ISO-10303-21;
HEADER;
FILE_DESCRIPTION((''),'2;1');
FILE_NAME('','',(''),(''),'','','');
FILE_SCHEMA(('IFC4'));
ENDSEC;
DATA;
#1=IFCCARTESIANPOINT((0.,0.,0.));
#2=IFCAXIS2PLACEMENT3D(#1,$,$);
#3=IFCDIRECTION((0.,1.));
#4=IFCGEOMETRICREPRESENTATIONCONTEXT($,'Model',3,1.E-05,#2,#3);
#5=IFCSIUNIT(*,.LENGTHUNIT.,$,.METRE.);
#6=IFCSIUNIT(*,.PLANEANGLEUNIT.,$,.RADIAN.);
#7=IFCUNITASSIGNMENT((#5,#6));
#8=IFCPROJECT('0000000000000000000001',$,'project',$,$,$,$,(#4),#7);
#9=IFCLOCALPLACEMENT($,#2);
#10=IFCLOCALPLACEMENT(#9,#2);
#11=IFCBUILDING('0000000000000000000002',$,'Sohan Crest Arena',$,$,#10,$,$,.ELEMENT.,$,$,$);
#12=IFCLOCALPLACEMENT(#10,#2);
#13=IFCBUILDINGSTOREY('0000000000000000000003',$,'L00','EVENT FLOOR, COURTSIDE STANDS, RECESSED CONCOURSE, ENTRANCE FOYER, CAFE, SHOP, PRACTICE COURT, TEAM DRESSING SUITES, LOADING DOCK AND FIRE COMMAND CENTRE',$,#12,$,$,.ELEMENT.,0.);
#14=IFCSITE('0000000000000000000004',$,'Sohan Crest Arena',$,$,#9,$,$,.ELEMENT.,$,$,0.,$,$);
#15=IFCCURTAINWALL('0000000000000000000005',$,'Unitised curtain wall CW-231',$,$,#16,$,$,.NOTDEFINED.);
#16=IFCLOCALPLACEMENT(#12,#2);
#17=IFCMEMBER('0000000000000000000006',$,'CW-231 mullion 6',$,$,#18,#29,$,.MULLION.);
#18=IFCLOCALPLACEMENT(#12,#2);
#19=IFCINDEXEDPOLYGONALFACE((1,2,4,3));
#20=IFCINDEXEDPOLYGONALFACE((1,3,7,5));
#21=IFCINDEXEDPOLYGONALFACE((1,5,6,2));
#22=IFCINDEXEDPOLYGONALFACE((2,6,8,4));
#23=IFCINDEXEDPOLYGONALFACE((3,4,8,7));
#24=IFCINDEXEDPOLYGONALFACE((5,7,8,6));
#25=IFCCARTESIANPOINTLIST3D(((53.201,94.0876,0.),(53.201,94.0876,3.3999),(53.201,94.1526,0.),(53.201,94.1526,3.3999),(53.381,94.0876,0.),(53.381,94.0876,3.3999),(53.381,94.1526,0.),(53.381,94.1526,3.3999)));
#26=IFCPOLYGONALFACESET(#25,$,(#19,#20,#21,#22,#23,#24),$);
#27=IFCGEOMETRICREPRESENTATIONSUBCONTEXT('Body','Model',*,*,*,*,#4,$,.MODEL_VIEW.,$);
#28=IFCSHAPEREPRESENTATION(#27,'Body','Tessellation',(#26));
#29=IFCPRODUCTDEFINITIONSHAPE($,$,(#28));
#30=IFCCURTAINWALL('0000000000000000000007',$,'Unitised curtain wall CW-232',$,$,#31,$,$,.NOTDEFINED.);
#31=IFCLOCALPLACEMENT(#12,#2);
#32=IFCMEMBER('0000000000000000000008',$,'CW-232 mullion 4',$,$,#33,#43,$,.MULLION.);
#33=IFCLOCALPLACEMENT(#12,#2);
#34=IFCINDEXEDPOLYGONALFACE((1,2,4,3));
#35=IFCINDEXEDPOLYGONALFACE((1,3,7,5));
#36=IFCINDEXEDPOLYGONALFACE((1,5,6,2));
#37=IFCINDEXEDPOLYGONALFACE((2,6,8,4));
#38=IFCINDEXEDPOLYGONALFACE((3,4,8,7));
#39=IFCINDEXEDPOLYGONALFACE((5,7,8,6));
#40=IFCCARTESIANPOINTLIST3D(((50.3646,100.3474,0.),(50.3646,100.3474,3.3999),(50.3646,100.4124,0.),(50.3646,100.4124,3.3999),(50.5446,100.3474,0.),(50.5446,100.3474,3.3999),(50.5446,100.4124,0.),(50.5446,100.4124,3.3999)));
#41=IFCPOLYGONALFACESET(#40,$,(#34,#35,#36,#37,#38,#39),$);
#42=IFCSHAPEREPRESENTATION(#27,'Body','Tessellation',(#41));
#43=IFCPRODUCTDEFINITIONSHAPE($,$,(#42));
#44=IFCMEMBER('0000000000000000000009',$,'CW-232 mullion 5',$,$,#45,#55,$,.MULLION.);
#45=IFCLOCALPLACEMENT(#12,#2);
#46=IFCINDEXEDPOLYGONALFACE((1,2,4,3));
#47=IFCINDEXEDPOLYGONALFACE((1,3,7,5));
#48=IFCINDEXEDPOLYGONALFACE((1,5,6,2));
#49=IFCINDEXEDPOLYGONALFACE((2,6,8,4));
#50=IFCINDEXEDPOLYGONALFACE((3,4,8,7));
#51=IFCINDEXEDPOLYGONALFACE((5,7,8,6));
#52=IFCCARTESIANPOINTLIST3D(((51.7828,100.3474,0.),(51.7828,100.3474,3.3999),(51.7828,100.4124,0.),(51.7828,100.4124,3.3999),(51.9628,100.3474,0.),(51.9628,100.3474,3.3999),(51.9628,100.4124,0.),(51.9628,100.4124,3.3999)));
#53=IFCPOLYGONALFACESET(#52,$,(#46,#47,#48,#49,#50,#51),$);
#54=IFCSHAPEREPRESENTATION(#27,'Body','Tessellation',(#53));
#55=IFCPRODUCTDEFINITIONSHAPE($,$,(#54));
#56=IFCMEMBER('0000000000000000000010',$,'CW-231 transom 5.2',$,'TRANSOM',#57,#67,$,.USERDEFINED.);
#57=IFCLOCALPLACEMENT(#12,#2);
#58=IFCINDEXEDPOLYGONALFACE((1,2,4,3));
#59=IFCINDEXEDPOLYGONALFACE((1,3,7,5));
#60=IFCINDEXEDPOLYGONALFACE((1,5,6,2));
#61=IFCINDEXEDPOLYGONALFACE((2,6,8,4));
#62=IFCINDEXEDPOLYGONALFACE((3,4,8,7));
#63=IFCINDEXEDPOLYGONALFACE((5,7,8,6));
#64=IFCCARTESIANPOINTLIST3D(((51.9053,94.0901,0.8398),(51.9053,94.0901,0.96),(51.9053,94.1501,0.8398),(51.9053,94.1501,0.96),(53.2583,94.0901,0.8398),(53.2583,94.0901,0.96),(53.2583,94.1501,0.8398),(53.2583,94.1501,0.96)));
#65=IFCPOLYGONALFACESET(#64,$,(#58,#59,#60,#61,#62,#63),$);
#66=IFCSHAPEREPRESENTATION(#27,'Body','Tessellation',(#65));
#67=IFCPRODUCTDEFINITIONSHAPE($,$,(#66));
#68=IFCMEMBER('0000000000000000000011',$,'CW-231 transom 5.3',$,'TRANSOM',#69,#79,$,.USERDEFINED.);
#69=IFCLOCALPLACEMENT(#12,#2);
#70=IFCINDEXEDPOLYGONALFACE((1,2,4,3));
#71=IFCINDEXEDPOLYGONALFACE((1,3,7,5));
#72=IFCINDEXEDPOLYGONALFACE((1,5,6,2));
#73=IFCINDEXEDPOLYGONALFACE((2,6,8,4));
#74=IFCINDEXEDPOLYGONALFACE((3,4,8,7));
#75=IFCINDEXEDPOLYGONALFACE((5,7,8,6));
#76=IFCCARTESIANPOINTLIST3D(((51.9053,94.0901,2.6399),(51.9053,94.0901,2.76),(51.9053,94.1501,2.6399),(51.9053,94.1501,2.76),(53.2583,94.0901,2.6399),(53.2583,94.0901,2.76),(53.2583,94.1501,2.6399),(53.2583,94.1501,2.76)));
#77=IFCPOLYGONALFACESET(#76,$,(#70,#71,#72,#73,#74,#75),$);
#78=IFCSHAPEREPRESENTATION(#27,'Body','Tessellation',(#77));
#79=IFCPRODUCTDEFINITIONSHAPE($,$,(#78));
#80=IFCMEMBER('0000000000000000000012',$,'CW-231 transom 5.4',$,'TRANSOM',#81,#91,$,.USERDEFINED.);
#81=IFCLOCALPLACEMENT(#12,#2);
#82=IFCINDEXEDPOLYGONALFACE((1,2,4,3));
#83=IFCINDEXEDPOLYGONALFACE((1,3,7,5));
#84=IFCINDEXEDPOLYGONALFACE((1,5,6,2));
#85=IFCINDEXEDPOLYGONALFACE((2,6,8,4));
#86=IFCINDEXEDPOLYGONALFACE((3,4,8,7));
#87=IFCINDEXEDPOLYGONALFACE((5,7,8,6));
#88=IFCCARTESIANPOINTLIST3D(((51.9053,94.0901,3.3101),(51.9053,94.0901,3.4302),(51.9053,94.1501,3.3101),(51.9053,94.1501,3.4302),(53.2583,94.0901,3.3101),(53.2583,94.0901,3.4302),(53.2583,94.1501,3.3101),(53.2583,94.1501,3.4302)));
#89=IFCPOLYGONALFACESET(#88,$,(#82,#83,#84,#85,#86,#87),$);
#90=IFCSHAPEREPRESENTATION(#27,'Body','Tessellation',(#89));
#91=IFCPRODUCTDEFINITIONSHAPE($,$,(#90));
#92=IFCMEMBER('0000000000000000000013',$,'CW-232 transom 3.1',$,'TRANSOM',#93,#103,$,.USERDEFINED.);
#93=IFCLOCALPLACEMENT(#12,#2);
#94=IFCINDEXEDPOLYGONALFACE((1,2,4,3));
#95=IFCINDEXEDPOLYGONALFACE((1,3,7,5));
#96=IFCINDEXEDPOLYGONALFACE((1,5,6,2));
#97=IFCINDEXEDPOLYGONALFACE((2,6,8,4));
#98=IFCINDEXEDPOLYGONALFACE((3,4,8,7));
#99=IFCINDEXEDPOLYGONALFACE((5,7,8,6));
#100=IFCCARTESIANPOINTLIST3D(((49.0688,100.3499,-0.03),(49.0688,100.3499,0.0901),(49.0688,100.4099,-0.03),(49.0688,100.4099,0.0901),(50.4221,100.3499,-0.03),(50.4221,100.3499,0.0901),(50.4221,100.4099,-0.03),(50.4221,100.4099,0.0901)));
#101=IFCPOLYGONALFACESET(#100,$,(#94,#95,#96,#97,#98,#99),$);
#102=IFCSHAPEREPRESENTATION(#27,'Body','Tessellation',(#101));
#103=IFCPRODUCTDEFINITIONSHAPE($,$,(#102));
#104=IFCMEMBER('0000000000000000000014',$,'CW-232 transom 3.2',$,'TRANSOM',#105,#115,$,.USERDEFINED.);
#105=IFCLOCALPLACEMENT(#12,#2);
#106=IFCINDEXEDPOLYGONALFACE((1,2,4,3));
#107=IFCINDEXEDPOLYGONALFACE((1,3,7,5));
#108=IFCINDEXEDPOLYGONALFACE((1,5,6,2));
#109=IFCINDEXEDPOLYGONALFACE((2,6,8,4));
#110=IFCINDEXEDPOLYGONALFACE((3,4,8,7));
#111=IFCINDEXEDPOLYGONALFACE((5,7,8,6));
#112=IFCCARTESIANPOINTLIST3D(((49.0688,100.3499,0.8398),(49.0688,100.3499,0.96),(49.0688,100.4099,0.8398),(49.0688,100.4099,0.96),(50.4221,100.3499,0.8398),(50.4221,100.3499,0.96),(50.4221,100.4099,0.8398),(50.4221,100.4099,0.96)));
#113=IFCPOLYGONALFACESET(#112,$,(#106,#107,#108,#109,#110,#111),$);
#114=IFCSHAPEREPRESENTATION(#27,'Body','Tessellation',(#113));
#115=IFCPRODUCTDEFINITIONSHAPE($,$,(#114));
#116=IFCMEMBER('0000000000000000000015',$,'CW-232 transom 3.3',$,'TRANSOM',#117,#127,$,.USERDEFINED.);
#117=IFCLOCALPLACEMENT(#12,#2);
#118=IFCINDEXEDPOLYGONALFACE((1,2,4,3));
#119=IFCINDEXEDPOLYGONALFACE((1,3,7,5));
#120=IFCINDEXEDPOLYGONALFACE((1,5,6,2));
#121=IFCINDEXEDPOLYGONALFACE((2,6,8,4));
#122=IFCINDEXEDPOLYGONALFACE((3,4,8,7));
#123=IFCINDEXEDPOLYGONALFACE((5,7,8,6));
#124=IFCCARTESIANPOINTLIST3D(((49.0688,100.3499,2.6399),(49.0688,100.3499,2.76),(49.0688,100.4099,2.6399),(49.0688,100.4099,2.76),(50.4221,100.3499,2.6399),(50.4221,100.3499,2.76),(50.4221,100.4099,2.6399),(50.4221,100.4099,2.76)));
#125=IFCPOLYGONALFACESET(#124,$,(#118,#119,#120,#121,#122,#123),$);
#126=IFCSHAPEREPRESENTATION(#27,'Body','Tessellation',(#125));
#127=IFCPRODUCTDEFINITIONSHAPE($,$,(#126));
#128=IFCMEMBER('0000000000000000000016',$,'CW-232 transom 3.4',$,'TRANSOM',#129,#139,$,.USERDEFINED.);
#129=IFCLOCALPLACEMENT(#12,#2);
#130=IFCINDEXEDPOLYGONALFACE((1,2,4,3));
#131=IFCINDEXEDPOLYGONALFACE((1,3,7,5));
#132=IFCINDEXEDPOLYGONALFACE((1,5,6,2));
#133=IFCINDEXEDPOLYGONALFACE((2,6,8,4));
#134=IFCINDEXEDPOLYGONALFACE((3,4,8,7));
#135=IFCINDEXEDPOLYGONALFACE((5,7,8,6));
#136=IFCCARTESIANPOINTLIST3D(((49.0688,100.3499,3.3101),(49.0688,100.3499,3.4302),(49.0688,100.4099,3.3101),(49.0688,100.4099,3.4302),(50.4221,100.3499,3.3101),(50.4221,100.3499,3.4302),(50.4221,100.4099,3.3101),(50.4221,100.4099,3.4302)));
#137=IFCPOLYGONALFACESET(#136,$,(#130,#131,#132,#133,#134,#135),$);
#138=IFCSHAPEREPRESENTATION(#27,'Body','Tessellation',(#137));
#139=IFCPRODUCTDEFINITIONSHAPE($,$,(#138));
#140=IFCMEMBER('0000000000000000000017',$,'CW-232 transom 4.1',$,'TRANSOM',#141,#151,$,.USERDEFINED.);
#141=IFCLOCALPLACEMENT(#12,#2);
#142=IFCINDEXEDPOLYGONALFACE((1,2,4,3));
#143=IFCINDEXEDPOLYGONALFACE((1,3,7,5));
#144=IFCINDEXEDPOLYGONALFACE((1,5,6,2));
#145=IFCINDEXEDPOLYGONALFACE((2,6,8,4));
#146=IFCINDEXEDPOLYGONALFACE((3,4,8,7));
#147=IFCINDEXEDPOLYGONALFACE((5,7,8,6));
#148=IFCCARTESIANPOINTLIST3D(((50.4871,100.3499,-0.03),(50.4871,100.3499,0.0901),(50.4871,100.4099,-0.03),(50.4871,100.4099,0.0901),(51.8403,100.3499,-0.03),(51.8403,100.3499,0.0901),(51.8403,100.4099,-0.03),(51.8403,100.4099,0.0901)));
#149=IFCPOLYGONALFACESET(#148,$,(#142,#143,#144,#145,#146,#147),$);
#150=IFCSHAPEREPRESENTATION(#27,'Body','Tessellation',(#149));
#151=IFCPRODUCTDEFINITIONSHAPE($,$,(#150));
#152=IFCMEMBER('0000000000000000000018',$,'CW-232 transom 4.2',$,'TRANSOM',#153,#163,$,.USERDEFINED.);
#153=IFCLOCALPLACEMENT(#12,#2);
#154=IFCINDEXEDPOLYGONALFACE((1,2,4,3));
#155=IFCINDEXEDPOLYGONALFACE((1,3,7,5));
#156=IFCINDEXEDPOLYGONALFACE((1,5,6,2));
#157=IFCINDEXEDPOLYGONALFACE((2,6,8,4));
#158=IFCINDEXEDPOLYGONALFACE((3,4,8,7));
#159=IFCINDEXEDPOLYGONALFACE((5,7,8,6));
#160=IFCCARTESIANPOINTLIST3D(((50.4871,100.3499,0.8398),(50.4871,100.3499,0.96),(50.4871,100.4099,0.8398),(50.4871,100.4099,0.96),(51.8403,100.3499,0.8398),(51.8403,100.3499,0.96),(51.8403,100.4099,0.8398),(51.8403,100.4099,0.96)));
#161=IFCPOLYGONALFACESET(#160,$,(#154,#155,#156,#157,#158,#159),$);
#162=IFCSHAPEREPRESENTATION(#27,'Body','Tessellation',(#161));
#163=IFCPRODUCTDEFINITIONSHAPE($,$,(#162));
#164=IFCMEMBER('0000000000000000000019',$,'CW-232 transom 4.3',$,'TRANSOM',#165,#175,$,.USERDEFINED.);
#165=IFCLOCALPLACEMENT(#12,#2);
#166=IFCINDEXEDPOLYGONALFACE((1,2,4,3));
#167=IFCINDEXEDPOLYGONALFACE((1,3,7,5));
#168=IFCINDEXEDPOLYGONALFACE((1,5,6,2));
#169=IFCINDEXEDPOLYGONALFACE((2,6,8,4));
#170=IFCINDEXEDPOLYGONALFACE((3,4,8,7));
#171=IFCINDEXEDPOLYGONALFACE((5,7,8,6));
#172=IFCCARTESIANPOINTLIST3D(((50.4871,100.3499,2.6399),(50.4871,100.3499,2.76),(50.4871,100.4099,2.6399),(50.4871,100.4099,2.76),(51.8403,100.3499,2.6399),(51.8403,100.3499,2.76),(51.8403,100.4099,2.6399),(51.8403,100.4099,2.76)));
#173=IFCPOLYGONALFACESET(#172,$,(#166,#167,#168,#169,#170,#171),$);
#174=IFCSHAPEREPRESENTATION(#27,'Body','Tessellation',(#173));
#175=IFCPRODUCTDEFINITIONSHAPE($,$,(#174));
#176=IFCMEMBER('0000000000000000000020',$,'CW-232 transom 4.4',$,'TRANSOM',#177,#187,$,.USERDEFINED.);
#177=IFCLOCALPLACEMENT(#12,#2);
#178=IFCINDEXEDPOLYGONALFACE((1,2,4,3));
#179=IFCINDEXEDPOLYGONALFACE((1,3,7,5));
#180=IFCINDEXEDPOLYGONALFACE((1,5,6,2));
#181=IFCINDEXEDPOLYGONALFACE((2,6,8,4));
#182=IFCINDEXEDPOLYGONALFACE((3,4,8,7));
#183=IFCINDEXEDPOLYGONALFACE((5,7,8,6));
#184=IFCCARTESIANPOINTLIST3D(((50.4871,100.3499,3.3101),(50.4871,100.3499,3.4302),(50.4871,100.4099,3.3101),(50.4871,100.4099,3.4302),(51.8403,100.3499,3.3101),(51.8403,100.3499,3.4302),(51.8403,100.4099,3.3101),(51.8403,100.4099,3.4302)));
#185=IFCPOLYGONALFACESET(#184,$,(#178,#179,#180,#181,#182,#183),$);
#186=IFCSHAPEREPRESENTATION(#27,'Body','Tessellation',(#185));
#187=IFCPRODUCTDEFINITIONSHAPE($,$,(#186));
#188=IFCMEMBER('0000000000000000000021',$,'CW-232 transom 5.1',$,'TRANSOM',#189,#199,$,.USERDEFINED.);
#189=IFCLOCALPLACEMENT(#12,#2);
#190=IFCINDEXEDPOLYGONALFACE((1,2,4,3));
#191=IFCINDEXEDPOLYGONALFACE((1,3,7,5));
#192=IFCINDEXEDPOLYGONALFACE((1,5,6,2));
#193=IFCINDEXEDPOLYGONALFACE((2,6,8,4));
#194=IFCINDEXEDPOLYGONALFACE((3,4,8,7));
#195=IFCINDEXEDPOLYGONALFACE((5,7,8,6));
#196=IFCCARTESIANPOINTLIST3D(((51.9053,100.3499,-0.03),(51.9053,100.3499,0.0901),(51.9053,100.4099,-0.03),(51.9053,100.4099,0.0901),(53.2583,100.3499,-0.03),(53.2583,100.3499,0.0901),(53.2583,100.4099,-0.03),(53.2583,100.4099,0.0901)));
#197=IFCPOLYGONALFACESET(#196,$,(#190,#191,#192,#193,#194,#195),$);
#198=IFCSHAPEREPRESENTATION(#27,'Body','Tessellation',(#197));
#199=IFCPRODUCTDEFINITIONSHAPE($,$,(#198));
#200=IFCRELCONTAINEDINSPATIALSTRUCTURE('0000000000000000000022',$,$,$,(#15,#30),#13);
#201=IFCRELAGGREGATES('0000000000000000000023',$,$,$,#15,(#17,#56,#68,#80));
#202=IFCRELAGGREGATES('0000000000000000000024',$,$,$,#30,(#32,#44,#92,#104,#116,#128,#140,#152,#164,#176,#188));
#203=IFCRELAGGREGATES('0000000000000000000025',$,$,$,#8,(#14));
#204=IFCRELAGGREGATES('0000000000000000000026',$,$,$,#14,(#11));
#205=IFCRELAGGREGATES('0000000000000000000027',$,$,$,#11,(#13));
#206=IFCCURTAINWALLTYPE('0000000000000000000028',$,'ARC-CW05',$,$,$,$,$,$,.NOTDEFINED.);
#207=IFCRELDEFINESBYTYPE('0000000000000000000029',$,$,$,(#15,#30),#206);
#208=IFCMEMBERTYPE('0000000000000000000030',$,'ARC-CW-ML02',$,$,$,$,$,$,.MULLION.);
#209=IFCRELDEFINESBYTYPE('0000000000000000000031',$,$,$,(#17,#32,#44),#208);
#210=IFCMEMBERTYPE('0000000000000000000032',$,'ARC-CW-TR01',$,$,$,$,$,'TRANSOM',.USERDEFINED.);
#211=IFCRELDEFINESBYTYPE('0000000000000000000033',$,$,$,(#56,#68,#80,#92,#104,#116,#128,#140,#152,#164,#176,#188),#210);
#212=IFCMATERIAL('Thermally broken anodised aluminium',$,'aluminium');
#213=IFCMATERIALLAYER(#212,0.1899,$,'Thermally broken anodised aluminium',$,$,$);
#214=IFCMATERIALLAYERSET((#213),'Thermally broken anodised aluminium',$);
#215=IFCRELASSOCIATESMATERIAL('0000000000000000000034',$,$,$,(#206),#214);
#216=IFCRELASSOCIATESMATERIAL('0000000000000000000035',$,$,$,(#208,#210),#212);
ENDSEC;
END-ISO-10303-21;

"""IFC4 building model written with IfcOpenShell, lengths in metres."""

from ifc_helpers import new_model, si_unit, direction, frame, origin, origin_2d, place, context, subcontext, project, spatial, rectangle, extrude, material, layer, layer_set, material_profile, profile_set, type_object, element, aggregate, save


model = new_model("IFC4")

# Units and contexts
model_context = context("Model", 3, precision=1e-05, world=origin(), true_north=direction((0.0, 1.0)))
body_context = subcontext(model_context, "Body", "Model", "MODEL_VIEW")
ifc_project = project(units=[si_unit("LENGTHUNIT", "METRE"), si_unit("PLANEANGLEUNIT", "RADIAN")], contexts=[model_context])

# Site, building, storey
site_placement = place(None, origin())
site = spatial("IfcSite", under=ifc_project, at=site_placement, Name="Sohan Crest Arena", CompositionType="ELEMENT", RefElevation=0.0)
building_placement = place(site_placement, origin())
building = spatial("IfcBuilding", under=site, at=building_placement, Name="Sohan Crest Arena", CompositionType="ELEMENT")
storey_placement = place(building_placement, origin())
storey = spatial("IfcBuildingStorey", under=building, at=storey_placement, Name="L00", Description="EVENT FLOOR, COURTSIDE STANDS, RECESSED CONCOURSE, ENTRANCE FOYER, CAFE, SHOP, PRACTICE COURT, TEAM DRESSING SUITES, LOADING DOCK AND FIRE COMMAND CENTRE", CompositionType="ELEMENT", Elevation=0.0)

# Curtain wall, member
ifc_material_1 = material(Name="Thermally broken anodised aluminium", Category="aluminium")
ifc_layer_1 = layer(ifc_material_1, 0.1899, Name="Thermally broken anodised aluminium")
ifc_layer_set_1 = layer_set([ifc_layer_1], Name="Thermally broken anodised aluminium")
curtain_wall_type = type_object("IfcCurtainWallType", Name="ARC-CW05", PredefinedType="NOTDEFINED", material=ifc_layer_set_1)
curtain_wall_1_placement = place(storey_placement, origin())
curtain_wall_1 = element("IfcCurtainWall", 1, at=curtain_wall_1_placement, inside=storey, type_object=curtain_wall_type, Name="Unitised curtain wall CW-231", PredefinedType="NOTDEFINED")
ifc_material_profile_1 = material_profile(ifc_material_1, rectangle(XDim=0.0649, YDim=0.1799, at=origin_2d()), Name="ALU-MULL 65x180")
ifc_profile_set_1 = profile_set([ifc_material_profile_1], Name="Thermally broken anodised aluminium")
member_type_1 = type_object("IfcMemberType", Name="ARC-CW-ML02", PredefinedType="MULLION", material=ifc_profile_set_1)
member_1_placement = place(storey_placement, frame((53.291, 94.1201, 0.0), z_axis=(0.0, 0.0, 1.0), x_axis=(0.0, 1.0, 0.0)))
member_1 = element("IfcMember", 2, at=member_1_placement, type_object=member_type_1, Name="CW-231 mullion 6", PredefinedType="MULLION", context=body_context, shape_type="SweptSolid", body=[
    extrude(rectangle(XDim=0.0649, YDim=0.1799, at=origin_2d()), origin(), (0.0, 0.0, 1.0), 3.3999),
])

# Curtain wall, members
curtain_wall_2_placement = place(storey_placement, origin())
curtain_wall_2 = element("IfcCurtainWall", 3, at=curtain_wall_2_placement, inside=storey, type_object=curtain_wall_type, Name="Unitised curtain wall CW-232", PredefinedType="NOTDEFINED")
member_2_placement = place(storey_placement, frame((50.4546, 100.3799, 0.0), z_axis=(0.0, 0.0, 1.0), x_axis=(0.0, 1.0, 0.0)))
member_2 = element("IfcMember", 4, at=member_2_placement, type_object=member_type_1, Name="CW-232 mullion 4", PredefinedType="MULLION", context=body_context, shape_type="SweptSolid", body=[
    extrude(rectangle(XDim=0.0649, YDim=0.1799, at=origin_2d()), origin(), (0.0, 0.0, 1.0), 3.3999),
])
member_3_placement = place(storey_placement, frame((51.8728, 100.3799, 0.0), z_axis=(0.0, 0.0, 1.0), x_axis=(0.0, 1.0, 0.0)))
member_3 = element("IfcMember", 5, at=member_3_placement, type_object=member_type_1, Name="CW-232 mullion 5", PredefinedType="MULLION", context=body_context, shape_type="SweptSolid", body=[
    extrude(rectangle(XDim=0.0649, YDim=0.1799, at=origin_2d()), origin(), (0.0, 0.0, 1.0), 3.3999),
])

# Members
ifc_material_profile_2 = material_profile(ifc_material_1, rectangle(XDim=0.0601, YDim=0.1201, at=origin_2d()), Name="ALU-TRAN 60x120")
ifc_profile_set_2 = profile_set([ifc_material_profile_2], Name="Thermally broken anodised aluminium")
member_type_2 = type_object("IfcMemberType", Name="ARC-CW-TR01", ElementType="TRANSOM", PredefinedType="USERDEFINED", material=ifc_profile_set_2)
member_4_placement = place(storey_placement, frame((51.9053, 94.1201, 0.8999), z_axis=(1.0, 0.0, 0.0), x_axis=(0.0, 1.0, 0.0)))
member_4 = element("IfcMember", 6, at=member_4_placement, type_object=member_type_2, Name="CW-231 transom 5.2", ObjectType="TRANSOM", PredefinedType="USERDEFINED", context=body_context, shape_type="SweptSolid", body=[
    extrude(rectangle(XDim=0.0601, YDim=0.1201, at=origin_2d()), origin(), (0.0, 0.0, 1.0), 1.353),
])
member_5_placement = place(storey_placement, frame((51.9053, 94.1201, 2.7), z_axis=(1.0, 0.0, 0.0), x_axis=(0.0, 1.0, 0.0)))
member_5 = element("IfcMember", 7, at=member_5_placement, type_object=member_type_2, Name="CW-231 transom 5.3", ObjectType="TRANSOM", PredefinedType="USERDEFINED", context=body_context, shape_type="SweptSolid", body=[
    extrude(rectangle(XDim=0.0601, YDim=0.1201, at=origin_2d()), origin(), (0.0, 0.0, 1.0), 1.353),
])
member_6_placement = place(storey_placement, frame((51.9053, 94.1201, 3.3701), z_axis=(1.0, 0.0, 0.0), x_axis=(0.0, 1.0, 0.0)))
member_6 = element("IfcMember", 8, at=member_6_placement, type_object=member_type_2, Name="CW-231 transom 5.4", ObjectType="TRANSOM", PredefinedType="USERDEFINED", context=body_context, shape_type="SweptSolid", body=[
    extrude(rectangle(XDim=0.0601, YDim=0.1201, at=origin_2d()), origin(), (0.0, 0.0, 1.0), 1.353),
])
member_7_placement = place(storey_placement, frame((49.0688, 100.3799, 0.03), z_axis=(1.0, 0.0, 0.0), x_axis=(0.0, 1.0, 0.0)))
member_7 = element("IfcMember", 9, at=member_7_placement, type_object=member_type_2, Name="CW-232 transom 3.1", ObjectType="TRANSOM", PredefinedType="USERDEFINED", context=body_context, shape_type="SweptSolid", body=[
    extrude(rectangle(XDim=0.0601, YDim=0.1201, at=origin_2d()), origin(), (0.0, 0.0, 1.0), 1.3533),
])
member_8_placement = place(storey_placement, frame((49.0688, 100.3799, 0.8999), z_axis=(1.0, 0.0, 0.0), x_axis=(0.0, 1.0, 0.0)))
member_8 = element("IfcMember", 10, at=member_8_placement, type_object=member_type_2, Name="CW-232 transom 3.2", ObjectType="TRANSOM", PredefinedType="USERDEFINED", context=body_context, shape_type="SweptSolid", body=[
    extrude(rectangle(XDim=0.0601, YDim=0.1201, at=origin_2d()), origin(), (0.0, 0.0, 1.0), 1.3533),
])
member_9_placement = place(storey_placement, frame((49.0688, 100.3799, 2.7), z_axis=(1.0, 0.0, 0.0), x_axis=(0.0, 1.0, 0.0)))
member_9 = element("IfcMember", 11, at=member_9_placement, type_object=member_type_2, Name="CW-232 transom 3.3", ObjectType="TRANSOM", PredefinedType="USERDEFINED", context=body_context, shape_type="SweptSolid", body=[
    extrude(rectangle(XDim=0.0601, YDim=0.1201, at=origin_2d()), origin(), (0.0, 0.0, 1.0), 1.3533),
])
member_10_placement = place(storey_placement, frame((49.0688, 100.3799, 3.3701), z_axis=(1.0, 0.0, 0.0), x_axis=(0.0, 1.0, 0.0)))
member_10 = element("IfcMember", 12, at=member_10_placement, type_object=member_type_2, Name="CW-232 transom 3.4", ObjectType="TRANSOM", PredefinedType="USERDEFINED", context=body_context, shape_type="SweptSolid", body=[
    extrude(rectangle(XDim=0.0601, YDim=0.1201, at=origin_2d()), origin(), (0.0, 0.0, 1.0), 1.3533),
])
member_11_placement = place(storey_placement, frame((50.4871, 100.3799, 0.03), z_axis=(1.0, 0.0, 0.0), x_axis=(0.0, 1.0, 0.0)))
member_11 = element("IfcMember", 13, at=member_11_placement, type_object=member_type_2, Name="CW-232 transom 4.1", ObjectType="TRANSOM", PredefinedType="USERDEFINED", context=body_context, shape_type="SweptSolid", body=[
    extrude(rectangle(XDim=0.0601, YDim=0.1201, at=origin_2d()), origin(), (0.0, 0.0, 1.0), 1.3533),
])
member_12_placement = place(storey_placement, frame((50.4871, 100.3799, 0.8999), z_axis=(1.0, 0.0, 0.0), x_axis=(0.0, 1.0, 0.0)))
member_12 = element("IfcMember", 14, at=member_12_placement, type_object=member_type_2, Name="CW-232 transom 4.2", ObjectType="TRANSOM", PredefinedType="USERDEFINED", context=body_context, shape_type="SweptSolid", body=[
    extrude(rectangle(XDim=0.0601, YDim=0.1201, at=origin_2d()), origin(), (0.0, 0.0, 1.0), 1.3533),
])
member_13_placement = place(storey_placement, frame((50.4871, 100.3799, 2.7), z_axis=(1.0, 0.0, 0.0), x_axis=(0.0, 1.0, 0.0)))
member_13 = element("IfcMember", 15, at=member_13_placement, type_object=member_type_2, Name="CW-232 transom 4.3", ObjectType="TRANSOM", PredefinedType="USERDEFINED", context=body_context, shape_type="SweptSolid", body=[
    extrude(rectangle(XDim=0.0601, YDim=0.1201, at=origin_2d()), origin(), (0.0, 0.0, 1.0), 1.3533),
])
member_14_placement = place(storey_placement, frame((50.4871, 100.3799, 3.3701), z_axis=(1.0, 0.0, 0.0), x_axis=(0.0, 1.0, 0.0)))
member_14 = element("IfcMember", 16, at=member_14_placement, type_object=member_type_2, Name="CW-232 transom 4.4", ObjectType="TRANSOM", PredefinedType="USERDEFINED", context=body_context, shape_type="SweptSolid", body=[
    extrude(rectangle(XDim=0.0601, YDim=0.1201, at=origin_2d()), origin(), (0.0, 0.0, 1.0), 1.3533),
])
member_15_placement = place(storey_placement, frame((51.9053, 100.3799, 0.03), z_axis=(1.0, 0.0, 0.0), x_axis=(0.0, 1.0, 0.0)))
member_15 = element("IfcMember", 17, at=member_15_placement, type_object=member_type_2, Name="CW-232 transom 5.1", ObjectType="TRANSOM", PredefinedType="USERDEFINED", context=body_context, shape_type="SweptSolid", body=[
    extrude(rectangle(XDim=0.0601, YDim=0.1201, at=origin_2d()), origin(), (0.0, 0.0, 1.0), 1.353),
])

aggregate(curtain_wall_1, [member_1, member_4, member_5, member_6])
aggregate(curtain_wall_2, [member_2, member_3, member_7, member_8, member_9, member_10, member_11, member_12, member_13, member_14, member_15])

save(model, "model.ifc")
